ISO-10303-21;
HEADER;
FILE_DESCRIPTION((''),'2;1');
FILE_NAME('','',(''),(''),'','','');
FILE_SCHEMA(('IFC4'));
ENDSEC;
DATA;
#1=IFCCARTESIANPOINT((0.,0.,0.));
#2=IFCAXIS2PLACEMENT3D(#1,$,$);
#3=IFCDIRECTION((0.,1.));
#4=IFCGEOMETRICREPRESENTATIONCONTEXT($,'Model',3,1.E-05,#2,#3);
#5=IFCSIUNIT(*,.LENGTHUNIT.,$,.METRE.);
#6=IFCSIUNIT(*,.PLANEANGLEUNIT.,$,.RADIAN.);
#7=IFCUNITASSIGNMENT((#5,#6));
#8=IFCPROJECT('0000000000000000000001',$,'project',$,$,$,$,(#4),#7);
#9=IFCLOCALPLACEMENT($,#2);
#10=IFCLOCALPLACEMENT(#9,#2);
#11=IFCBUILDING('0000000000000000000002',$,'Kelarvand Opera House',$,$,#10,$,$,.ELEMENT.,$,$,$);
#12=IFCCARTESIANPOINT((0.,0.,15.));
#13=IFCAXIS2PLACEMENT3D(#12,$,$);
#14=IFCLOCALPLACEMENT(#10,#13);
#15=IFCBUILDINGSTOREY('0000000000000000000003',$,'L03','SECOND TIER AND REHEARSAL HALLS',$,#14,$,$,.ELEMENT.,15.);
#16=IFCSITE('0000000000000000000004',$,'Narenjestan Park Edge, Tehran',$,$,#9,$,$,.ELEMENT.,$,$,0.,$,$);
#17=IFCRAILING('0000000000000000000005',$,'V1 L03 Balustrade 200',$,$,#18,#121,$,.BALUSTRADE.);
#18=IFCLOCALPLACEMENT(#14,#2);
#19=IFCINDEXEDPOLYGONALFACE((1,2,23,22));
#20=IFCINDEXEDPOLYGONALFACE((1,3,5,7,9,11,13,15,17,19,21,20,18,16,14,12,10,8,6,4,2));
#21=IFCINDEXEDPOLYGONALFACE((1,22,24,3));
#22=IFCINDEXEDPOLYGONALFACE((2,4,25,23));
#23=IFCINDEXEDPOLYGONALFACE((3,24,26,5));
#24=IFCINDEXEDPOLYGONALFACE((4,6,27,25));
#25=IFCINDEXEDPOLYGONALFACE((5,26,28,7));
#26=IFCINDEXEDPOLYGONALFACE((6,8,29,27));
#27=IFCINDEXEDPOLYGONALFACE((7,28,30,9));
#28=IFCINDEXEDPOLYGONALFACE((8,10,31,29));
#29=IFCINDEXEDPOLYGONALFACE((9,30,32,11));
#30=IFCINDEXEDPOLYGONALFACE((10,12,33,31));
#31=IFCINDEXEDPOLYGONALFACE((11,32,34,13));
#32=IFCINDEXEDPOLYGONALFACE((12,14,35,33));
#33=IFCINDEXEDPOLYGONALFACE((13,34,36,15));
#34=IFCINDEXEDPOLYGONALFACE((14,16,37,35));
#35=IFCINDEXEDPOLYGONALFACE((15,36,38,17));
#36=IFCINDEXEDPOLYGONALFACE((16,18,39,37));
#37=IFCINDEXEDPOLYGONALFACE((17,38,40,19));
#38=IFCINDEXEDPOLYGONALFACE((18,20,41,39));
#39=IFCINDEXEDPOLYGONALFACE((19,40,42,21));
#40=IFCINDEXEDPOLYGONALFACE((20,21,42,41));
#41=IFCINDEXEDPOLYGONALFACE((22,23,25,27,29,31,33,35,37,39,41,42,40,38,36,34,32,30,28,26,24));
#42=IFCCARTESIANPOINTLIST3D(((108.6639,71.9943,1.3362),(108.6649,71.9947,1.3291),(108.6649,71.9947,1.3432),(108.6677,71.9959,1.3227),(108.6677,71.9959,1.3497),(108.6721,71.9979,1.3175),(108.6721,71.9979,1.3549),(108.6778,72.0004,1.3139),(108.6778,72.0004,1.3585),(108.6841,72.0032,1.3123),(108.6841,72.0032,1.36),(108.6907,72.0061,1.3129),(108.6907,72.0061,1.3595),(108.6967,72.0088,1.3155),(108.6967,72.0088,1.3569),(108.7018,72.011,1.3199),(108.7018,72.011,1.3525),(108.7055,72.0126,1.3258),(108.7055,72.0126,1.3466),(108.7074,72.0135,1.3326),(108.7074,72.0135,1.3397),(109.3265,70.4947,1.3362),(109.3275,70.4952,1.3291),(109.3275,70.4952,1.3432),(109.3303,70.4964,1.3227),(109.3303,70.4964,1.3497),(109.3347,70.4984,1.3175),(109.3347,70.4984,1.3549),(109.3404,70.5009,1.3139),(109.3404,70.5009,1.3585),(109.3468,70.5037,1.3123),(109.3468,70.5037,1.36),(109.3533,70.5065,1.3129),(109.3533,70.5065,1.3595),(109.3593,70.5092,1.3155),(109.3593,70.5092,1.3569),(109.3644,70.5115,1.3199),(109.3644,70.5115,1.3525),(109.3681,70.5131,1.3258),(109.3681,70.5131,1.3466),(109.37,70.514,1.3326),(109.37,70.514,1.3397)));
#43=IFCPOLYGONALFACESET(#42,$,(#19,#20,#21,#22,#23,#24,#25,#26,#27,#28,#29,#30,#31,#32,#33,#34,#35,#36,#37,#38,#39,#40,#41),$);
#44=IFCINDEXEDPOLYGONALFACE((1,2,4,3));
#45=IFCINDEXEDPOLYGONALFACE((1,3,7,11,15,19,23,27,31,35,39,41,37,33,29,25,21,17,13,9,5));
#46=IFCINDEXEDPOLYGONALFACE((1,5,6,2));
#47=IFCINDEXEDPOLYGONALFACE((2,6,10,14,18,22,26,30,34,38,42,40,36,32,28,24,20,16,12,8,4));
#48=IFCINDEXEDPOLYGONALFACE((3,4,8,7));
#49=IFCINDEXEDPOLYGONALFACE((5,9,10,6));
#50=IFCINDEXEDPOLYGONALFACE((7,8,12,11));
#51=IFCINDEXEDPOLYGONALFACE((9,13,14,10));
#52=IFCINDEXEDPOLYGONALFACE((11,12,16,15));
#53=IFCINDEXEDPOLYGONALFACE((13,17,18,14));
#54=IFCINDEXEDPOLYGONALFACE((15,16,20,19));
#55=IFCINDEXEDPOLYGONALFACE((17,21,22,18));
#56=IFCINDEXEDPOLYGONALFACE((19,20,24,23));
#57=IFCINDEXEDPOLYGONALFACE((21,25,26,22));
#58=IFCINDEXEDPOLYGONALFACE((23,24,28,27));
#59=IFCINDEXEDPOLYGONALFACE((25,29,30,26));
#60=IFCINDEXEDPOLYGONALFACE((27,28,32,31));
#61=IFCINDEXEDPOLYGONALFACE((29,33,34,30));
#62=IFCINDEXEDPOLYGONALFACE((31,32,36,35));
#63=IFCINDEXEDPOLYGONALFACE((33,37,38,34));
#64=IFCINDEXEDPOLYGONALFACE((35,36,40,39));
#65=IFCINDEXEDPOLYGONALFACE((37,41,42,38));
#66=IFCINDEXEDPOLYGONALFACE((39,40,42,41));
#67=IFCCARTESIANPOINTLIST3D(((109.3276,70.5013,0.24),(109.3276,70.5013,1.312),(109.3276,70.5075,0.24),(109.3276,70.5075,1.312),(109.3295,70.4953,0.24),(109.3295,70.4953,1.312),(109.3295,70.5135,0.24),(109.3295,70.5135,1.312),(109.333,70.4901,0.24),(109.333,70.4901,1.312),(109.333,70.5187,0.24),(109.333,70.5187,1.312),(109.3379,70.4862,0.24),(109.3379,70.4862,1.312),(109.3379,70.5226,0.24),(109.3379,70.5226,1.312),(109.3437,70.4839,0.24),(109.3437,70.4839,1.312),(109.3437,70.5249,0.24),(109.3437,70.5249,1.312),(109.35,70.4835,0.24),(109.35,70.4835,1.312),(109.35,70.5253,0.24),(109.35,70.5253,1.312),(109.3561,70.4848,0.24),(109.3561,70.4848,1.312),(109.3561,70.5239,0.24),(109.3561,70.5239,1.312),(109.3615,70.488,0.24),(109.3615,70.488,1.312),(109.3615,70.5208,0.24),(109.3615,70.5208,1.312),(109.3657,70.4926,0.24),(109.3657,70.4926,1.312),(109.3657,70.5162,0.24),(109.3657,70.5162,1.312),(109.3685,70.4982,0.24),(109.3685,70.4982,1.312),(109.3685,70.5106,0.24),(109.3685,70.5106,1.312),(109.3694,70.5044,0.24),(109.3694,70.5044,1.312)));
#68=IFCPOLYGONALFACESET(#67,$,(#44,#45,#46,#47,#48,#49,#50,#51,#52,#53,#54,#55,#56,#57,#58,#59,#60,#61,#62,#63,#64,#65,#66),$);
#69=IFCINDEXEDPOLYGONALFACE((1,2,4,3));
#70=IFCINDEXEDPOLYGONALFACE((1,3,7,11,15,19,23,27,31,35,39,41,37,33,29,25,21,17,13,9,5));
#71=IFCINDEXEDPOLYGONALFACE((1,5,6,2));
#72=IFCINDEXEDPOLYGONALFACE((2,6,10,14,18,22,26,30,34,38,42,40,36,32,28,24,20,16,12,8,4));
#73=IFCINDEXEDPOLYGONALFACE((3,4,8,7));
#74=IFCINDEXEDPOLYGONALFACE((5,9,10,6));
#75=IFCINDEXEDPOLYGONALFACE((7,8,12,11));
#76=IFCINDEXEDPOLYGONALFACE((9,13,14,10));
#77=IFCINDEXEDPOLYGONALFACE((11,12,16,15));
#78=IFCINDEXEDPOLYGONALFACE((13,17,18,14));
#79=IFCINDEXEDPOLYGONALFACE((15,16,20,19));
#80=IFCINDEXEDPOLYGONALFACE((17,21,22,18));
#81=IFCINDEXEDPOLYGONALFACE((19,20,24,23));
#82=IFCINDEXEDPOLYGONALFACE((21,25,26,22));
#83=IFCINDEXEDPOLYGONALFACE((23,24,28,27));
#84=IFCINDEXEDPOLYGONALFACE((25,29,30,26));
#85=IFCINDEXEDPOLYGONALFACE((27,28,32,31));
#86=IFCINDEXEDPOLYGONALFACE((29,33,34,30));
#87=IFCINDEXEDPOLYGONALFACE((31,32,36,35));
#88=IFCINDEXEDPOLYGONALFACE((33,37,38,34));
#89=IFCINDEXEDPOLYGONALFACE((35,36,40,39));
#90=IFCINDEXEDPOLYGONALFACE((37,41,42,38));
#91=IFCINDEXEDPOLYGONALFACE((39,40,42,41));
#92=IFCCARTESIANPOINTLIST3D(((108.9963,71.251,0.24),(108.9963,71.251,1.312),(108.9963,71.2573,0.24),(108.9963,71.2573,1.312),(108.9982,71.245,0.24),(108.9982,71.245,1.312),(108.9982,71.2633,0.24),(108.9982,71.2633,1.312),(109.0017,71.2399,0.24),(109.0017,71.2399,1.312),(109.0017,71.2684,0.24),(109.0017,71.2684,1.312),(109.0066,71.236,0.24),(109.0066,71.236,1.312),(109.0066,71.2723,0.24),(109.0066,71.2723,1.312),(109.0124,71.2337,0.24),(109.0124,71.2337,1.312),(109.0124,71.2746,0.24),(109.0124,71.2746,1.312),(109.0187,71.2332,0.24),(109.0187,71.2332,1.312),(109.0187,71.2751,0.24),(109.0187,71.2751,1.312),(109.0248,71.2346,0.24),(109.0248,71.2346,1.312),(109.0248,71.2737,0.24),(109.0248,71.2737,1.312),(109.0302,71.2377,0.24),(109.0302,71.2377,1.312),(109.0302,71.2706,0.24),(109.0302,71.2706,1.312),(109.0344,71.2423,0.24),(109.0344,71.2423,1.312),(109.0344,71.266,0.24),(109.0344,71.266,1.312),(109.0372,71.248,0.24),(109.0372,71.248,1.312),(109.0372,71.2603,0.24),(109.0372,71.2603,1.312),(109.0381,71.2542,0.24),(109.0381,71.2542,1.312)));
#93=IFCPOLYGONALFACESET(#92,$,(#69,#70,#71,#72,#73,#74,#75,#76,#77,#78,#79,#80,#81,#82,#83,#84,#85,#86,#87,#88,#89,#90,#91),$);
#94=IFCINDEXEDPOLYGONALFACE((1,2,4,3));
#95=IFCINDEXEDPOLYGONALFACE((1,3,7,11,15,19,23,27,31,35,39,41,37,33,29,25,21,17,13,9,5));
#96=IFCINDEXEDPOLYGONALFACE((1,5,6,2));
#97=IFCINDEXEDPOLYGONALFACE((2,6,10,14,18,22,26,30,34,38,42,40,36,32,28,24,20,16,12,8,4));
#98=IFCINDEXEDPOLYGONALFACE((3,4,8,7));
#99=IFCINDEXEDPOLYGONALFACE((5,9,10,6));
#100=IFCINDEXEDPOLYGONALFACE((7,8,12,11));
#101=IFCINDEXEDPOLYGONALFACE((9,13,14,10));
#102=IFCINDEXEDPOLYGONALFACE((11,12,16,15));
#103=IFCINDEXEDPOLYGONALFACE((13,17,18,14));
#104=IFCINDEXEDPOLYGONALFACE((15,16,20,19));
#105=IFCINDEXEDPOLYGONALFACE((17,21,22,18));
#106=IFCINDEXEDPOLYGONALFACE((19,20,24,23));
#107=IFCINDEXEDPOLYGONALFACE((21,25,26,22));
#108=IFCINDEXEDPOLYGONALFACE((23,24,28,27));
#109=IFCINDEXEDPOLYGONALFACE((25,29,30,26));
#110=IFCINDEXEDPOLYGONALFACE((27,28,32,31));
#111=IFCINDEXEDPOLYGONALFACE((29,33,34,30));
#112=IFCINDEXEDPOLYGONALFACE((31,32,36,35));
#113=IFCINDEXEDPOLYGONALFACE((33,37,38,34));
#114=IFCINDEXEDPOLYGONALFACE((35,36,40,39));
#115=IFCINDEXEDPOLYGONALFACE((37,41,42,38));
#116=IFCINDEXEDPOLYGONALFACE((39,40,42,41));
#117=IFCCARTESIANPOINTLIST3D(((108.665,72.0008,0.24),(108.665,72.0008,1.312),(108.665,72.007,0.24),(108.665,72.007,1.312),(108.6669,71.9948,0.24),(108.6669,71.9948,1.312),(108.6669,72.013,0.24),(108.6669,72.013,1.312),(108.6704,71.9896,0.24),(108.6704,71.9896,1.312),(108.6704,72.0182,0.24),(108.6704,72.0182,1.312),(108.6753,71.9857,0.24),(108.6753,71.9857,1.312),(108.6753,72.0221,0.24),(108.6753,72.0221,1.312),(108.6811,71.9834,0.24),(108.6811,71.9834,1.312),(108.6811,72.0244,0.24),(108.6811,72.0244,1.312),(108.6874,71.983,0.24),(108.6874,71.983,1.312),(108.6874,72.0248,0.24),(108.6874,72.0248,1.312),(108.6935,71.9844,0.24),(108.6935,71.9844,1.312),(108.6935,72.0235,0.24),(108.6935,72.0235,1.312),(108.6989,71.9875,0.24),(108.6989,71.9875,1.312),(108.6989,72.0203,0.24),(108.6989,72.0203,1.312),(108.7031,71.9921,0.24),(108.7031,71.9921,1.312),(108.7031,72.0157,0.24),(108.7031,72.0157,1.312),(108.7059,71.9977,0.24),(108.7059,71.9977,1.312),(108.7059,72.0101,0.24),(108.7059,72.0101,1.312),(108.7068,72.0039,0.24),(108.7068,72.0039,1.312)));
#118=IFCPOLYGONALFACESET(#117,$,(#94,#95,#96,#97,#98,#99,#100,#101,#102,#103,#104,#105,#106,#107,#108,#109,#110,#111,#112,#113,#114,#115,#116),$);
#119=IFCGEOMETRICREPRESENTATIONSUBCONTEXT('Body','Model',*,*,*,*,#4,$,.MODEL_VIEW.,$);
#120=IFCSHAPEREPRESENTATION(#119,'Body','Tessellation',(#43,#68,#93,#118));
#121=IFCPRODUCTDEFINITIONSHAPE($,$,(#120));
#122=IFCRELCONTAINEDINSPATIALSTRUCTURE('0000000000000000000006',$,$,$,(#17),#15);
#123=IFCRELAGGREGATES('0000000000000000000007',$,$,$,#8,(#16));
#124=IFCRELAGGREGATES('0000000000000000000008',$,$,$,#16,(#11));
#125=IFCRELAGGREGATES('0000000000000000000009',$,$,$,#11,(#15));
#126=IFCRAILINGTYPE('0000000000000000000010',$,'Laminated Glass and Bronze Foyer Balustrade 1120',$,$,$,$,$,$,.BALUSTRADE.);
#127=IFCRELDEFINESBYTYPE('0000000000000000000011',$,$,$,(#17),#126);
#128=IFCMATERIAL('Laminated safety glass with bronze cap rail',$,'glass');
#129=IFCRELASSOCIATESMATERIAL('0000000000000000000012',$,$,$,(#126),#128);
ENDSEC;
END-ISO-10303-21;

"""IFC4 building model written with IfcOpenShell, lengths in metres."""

from ifc_helpers import new_model, si_unit, direction, frame, origin, origin_2d, place, context, subcontext, project, spatial, circle, extrude, material, type_object, element, save


model = new_model("IFC4")

# Units and contexts
model_context = context("Model", 3, precision=1e-05, world=origin(), true_north=direction((0.0, 1.0)))
body_context = subcontext(model_context, "Body", "Model", "MODEL_VIEW")
ifc_project = project(units=[si_unit("LENGTHUNIT", "METRE"), si_unit("PLANEANGLEUNIT", "RADIAN")], contexts=[model_context])

# Site, building, storey
site_placement = place(None, origin())
site = spatial("IfcSite", under=ifc_project, at=site_placement, Name="Narenjestan Park Edge, Tehran", CompositionType="ELEMENT", RefElevation=0.0)
building_placement = place(site_placement, origin())
building = spatial("IfcBuilding", under=site, at=building_placement, Name="Kelarvand Opera House", CompositionType="ELEMENT")
storey_placement = place(building_placement, frame((0.0, 0.0, 15.0)))
storey = spatial("IfcBuildingStorey", under=building, at=storey_placement, Name="L03", Description="SECOND TIER AND REHEARSAL HALLS", CompositionType="ELEMENT", Elevation=15.0)

# Railing
ifc_material_1 = material(Name="Laminated safety glass with bronze cap rail", Category="glass")
railing_type = type_object("IfcRailingType", Name="Laminated Glass and Bronze Foyer Balustrade 1120", PredefinedType="BALUSTRADE", material=ifc_material_1)
railing_1_placement = place(storey_placement, frame((109.3484, 70.5044, 0.24)))
element("IfcRailing", 1, at=railing_1_placement, inside=storey, type_object=railing_type, Name="V1 L03 Balustrade 200", PredefinedType="BALUSTRADE", context=body_context, shape_type="SweptSolid", body=[
    extrude(circle(Radius=0.0239, at=origin_2d()), frame((0.0, 0.0, 1.0962), z_axis=(-0.404175, 0.914681, 0.0), x_axis=(-0.914681, -0.404175, 0.0)), (0.0, 0.0, 1.0), 1.6394),
    extrude(circle(Radius=0.021, at=origin_2d()), origin(), (0.0, 0.0, 1.0), 1.072),
    extrude(circle(Radius=0.021, at=origin_2d()), frame((-0.3313, 0.7498, 0.0)), (0.0, 0.0, 1.0), 1.072),
    extrude(circle(Radius=0.021, at=origin_2d()), frame((-0.6626, 1.4995, 0.0)), (0.0, 0.0, 1.0), 1.072),
])

save(model, "model.ifc")
